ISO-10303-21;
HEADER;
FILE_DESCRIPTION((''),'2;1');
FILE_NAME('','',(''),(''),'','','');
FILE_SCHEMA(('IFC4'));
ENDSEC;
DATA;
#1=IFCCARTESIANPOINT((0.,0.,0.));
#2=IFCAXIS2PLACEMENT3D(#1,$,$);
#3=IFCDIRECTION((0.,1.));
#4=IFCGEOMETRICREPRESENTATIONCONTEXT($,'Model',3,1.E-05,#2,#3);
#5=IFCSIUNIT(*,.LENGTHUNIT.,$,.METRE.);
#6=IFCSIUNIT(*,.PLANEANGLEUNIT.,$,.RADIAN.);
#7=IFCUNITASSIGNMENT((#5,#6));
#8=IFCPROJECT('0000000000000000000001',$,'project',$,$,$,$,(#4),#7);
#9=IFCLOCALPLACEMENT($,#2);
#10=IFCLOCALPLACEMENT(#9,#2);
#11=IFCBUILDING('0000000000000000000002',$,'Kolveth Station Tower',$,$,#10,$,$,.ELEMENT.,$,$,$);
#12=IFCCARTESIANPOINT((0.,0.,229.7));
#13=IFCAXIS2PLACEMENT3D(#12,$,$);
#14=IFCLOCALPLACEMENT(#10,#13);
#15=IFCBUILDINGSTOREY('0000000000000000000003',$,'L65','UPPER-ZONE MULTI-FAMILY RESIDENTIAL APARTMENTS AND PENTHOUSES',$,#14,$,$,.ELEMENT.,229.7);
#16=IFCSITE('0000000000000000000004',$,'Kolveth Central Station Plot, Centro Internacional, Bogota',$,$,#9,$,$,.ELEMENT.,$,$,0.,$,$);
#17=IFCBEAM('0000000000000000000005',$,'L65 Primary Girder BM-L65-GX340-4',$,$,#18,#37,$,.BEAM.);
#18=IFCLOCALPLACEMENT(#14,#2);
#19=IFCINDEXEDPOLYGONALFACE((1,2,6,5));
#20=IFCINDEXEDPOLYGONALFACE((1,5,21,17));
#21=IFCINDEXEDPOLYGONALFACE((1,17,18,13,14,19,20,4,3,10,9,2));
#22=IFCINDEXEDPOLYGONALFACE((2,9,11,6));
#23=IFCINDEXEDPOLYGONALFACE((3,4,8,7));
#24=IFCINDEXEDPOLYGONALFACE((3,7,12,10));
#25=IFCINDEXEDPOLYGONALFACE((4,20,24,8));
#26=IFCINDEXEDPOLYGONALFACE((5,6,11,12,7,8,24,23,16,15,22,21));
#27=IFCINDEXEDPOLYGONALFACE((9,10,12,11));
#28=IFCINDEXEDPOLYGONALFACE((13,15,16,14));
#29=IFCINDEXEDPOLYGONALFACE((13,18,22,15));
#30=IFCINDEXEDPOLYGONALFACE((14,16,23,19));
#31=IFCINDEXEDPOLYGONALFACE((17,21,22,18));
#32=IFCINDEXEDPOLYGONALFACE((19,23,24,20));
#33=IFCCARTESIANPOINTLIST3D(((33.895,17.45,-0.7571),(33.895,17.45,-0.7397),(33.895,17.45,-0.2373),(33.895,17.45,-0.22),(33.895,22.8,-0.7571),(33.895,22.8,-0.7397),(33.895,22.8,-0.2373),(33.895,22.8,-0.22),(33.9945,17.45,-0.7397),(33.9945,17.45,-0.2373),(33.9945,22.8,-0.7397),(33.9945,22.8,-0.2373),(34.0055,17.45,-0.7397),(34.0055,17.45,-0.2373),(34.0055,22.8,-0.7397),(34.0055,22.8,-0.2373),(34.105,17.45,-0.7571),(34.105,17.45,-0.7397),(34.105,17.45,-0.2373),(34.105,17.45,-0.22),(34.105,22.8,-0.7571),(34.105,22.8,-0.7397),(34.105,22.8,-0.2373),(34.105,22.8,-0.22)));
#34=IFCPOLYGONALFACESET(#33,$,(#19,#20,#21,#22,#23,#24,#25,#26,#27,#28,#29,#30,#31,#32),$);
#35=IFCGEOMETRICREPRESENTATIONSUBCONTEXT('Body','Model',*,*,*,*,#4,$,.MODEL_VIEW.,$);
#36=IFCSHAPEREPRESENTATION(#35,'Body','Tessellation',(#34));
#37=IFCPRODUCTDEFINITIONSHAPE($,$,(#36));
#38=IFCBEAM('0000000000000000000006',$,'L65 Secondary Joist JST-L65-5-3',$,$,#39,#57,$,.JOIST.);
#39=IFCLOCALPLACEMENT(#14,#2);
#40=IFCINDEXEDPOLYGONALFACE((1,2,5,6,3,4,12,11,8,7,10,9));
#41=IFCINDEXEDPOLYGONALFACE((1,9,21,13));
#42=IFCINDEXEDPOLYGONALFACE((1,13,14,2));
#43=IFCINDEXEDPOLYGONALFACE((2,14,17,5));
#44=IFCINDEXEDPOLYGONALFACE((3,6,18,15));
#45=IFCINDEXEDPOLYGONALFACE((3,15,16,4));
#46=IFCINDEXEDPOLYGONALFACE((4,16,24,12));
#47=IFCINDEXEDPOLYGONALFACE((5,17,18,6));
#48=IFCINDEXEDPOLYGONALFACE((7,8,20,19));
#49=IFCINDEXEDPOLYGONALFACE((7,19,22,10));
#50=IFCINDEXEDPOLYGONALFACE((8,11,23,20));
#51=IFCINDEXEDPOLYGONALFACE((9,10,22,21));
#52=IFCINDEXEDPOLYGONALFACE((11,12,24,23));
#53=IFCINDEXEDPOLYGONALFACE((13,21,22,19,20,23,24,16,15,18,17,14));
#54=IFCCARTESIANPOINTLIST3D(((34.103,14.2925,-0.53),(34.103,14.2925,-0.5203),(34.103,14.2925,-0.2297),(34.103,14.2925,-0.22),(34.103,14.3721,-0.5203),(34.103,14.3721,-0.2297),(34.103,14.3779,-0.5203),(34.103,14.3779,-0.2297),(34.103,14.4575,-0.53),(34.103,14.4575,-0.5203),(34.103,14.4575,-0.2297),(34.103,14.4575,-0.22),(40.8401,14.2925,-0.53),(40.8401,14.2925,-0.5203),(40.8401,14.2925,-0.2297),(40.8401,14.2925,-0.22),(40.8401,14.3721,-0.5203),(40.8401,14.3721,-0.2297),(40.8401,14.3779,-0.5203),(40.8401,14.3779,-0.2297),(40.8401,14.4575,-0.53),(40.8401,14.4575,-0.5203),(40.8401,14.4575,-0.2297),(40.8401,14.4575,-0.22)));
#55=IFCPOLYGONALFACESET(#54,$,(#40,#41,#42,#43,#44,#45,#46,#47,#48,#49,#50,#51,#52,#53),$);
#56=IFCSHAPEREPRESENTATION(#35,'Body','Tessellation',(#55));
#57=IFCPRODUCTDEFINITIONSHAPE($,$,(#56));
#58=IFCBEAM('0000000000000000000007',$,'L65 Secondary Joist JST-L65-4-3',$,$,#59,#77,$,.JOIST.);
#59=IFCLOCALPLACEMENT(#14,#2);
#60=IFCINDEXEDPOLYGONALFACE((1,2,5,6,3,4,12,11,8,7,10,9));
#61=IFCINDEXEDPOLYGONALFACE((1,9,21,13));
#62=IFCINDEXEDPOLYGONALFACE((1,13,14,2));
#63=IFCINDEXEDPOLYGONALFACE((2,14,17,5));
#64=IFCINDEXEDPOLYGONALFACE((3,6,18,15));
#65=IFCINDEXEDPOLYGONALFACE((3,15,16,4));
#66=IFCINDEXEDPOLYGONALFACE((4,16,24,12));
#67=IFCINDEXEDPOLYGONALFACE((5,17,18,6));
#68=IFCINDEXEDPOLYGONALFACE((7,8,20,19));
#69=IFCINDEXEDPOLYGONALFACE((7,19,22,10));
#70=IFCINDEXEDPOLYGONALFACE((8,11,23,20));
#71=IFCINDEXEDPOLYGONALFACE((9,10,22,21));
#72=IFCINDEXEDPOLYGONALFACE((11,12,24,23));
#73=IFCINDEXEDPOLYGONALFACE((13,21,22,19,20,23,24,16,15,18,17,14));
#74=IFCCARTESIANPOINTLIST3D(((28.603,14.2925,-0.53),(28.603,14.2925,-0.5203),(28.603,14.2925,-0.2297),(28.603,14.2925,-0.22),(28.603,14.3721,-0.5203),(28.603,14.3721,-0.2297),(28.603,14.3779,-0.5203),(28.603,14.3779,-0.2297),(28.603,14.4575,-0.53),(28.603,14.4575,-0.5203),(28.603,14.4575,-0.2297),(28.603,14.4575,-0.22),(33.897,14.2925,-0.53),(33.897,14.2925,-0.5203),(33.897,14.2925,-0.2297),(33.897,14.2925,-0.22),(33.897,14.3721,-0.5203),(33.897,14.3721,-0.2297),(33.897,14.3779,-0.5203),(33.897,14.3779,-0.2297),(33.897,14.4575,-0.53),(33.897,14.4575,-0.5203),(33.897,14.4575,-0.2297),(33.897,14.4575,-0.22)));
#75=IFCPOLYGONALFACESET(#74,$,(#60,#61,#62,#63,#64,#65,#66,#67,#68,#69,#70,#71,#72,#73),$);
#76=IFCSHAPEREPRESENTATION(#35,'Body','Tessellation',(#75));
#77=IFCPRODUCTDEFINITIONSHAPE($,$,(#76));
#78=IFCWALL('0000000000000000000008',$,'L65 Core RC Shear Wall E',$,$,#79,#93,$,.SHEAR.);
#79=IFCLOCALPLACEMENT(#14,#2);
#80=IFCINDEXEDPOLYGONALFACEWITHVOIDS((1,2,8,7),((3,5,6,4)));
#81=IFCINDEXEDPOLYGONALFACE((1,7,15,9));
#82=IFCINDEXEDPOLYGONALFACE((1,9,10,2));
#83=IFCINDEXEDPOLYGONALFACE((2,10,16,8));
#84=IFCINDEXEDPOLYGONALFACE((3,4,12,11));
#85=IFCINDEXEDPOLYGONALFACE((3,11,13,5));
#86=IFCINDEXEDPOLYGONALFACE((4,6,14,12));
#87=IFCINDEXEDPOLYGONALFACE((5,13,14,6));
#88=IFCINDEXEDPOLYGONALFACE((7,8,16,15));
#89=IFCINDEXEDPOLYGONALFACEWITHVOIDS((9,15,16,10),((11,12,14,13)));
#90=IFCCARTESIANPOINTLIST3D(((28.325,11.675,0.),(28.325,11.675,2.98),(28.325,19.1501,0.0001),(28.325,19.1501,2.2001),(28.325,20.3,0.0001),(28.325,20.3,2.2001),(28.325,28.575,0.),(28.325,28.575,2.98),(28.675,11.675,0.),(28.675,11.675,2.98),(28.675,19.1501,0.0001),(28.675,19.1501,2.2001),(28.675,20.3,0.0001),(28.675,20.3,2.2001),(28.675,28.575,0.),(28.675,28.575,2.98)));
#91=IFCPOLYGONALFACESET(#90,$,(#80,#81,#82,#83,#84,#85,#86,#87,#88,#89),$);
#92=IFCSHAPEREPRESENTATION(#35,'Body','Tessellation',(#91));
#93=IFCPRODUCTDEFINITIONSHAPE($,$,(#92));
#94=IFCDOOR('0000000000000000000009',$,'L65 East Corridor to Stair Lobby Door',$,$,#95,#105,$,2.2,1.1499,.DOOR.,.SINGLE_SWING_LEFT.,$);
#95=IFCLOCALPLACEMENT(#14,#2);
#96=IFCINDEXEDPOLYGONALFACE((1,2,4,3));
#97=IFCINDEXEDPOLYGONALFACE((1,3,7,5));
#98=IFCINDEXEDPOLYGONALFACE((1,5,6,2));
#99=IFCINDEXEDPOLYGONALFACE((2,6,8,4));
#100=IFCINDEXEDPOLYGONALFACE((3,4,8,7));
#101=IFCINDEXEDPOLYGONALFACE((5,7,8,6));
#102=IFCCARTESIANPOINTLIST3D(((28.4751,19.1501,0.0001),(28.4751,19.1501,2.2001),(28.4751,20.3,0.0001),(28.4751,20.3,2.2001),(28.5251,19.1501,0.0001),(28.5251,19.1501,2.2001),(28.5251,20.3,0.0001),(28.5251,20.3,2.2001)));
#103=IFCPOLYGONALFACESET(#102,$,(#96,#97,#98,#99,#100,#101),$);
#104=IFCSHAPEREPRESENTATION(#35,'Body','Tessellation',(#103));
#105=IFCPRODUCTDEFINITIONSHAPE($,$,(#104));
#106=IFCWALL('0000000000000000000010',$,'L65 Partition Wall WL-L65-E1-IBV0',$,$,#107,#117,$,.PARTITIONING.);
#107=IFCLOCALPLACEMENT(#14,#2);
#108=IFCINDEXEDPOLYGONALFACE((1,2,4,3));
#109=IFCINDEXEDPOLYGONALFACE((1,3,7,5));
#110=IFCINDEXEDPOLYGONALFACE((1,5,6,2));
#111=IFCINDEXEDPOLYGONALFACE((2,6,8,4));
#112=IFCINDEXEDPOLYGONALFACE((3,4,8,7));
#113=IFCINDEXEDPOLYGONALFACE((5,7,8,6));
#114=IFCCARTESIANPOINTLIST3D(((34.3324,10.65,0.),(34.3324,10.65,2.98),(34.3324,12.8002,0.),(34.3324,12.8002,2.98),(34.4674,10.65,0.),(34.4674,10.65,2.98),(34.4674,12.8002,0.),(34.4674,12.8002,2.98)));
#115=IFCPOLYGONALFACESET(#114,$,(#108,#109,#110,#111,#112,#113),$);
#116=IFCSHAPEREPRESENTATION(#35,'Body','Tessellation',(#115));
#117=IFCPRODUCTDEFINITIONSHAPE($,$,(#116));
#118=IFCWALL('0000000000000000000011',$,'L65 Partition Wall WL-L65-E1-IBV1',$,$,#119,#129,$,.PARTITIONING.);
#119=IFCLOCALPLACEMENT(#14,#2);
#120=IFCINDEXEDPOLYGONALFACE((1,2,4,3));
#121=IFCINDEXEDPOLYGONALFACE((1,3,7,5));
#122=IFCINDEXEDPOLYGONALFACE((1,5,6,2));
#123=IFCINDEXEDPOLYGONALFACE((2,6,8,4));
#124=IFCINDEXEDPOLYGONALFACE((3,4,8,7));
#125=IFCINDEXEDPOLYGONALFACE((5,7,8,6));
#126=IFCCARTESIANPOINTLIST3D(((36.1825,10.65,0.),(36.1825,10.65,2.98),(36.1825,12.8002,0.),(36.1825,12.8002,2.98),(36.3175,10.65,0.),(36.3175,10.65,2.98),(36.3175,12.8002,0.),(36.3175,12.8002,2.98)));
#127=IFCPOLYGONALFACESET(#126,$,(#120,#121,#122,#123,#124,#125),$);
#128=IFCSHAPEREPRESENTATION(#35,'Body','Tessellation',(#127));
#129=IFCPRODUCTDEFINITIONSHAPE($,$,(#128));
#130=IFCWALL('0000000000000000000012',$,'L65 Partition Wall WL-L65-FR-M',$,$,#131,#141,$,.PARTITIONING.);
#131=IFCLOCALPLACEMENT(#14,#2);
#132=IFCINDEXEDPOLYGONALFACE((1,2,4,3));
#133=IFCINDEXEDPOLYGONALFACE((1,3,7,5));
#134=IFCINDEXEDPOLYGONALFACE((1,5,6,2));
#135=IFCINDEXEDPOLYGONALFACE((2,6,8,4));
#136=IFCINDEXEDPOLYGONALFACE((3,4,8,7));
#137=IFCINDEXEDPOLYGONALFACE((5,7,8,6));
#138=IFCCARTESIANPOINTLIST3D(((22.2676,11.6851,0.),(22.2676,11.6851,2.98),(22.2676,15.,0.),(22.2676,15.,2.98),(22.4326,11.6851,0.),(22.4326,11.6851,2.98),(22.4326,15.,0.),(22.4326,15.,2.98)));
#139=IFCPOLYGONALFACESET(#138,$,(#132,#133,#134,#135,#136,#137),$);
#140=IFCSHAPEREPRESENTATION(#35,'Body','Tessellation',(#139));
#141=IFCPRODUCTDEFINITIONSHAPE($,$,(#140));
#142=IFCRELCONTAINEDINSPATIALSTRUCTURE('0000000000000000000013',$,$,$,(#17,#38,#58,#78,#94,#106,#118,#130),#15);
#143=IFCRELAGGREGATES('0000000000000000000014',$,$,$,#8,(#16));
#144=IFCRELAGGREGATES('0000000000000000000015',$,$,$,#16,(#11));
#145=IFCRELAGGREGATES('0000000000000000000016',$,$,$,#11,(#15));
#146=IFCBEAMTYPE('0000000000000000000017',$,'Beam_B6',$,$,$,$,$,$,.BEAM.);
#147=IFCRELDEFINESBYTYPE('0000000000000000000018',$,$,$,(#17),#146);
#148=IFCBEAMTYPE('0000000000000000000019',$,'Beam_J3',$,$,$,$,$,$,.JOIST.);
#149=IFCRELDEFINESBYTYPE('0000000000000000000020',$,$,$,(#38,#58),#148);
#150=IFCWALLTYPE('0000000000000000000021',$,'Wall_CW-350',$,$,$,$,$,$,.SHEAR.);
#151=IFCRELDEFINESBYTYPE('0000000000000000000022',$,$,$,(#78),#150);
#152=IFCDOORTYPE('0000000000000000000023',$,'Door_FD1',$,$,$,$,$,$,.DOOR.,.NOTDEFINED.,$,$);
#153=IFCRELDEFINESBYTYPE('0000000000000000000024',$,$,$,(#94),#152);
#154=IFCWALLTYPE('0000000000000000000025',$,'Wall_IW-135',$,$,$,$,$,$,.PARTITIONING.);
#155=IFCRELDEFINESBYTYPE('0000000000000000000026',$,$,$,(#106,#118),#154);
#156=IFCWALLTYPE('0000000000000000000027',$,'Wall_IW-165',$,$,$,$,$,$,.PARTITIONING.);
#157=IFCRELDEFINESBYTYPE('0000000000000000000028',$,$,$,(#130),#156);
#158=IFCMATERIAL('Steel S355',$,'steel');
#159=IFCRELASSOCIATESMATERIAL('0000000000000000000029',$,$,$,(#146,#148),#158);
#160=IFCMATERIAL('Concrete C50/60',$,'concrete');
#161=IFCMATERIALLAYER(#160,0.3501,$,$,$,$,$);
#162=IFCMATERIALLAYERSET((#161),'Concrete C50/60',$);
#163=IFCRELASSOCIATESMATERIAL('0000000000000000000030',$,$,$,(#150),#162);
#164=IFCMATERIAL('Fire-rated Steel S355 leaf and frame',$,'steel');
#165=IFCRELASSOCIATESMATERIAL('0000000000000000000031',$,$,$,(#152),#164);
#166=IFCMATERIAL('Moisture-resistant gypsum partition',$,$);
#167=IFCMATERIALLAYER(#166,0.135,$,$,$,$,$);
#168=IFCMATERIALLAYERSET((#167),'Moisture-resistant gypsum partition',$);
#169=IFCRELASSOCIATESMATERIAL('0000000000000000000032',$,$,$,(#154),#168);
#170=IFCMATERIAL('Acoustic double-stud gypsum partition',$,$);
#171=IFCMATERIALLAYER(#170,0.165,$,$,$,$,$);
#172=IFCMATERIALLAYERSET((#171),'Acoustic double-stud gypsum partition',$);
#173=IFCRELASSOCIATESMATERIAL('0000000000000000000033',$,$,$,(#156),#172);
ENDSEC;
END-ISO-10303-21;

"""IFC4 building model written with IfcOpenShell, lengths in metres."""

from ifc_helpers import new_model, si_unit, direction, frame, frame_2d, origin, origin_2d, place, context, subcontext, project, spatial, rectangle, i_section, extrude, source, transform, mapped, material, layer, layer_set, material_profile, profile_set, type_object, element, fill, save


model = new_model("IFC4")

# Units and contexts
model_context = context("Model", 3, precision=1e-05, world=origin(), true_north=direction((0.0, 1.0)))
body_context = subcontext(model_context, "Body", "Model", "MODEL_VIEW")
ifc_project = project(units=[si_unit("LENGTHUNIT", "METRE"), si_unit("PLANEANGLEUNIT", "RADIAN")], contexts=[model_context])

# Site, building, storey
site_placement = place(None, origin())
site = spatial("IfcSite", under=ifc_project, at=site_placement, Name="Kolveth Central Station Plot, Centro Internacional, Bogota", CompositionType="ELEMENT", RefElevation=0.0)
building_placement = place(site_placement, origin())
building = spatial("IfcBuilding", under=site, at=building_placement, Name="Kolveth Station Tower", CompositionType="ELEMENT")
storey_placement = place(building_placement, frame((0.0, 0.0, 229.7)))
storey = spatial("IfcBuildingStorey", under=building, at=storey_placement, Name="L65", Description="UPPER-ZONE MULTI-FAMILY RESIDENTIAL APARTMENTS AND PENTHOUSES", CompositionType="ELEMENT", Elevation=229.7)

# Shared definitions
ifc_material_1 = material(Name="Steel S355", Category="steel")

# Beams
ifc_material_profile_1 = material_profile(ifc_material_1, i_section(OverallWidth=0.21, OverallDepth=0.5371, WebThickness=0.011, FlangeThickness=0.0173, at=origin_2d()), Name="W530x101")
ifc_profile_set_1 = profile_set([ifc_material_profile_1], Name="Steel S355")
beam_type_1 = type_object("IfcBeamType", Name="Beam_B6", PredefinedType="BEAM", material=ifc_profile_set_1)
shared_shape_1 = source(origin(), body_context, "Body", "SweptSolid", [
    extrude(i_section(OverallWidth=0.21, OverallDepth=0.5371, WebThickness=0.011, FlangeThickness=0.0173, at=origin_2d()), origin(), (0.0, 0.0, 1.0), 5.3501),
])
for number, where, z_axis, x_axis, name in (
    (1, (34.0, 17.45, -0.4885), (0.0, 1.0, 0.0), (-1.0, 0.0, 0.0), "L65 Primary Girder BM-L65-GX340-4"),
):
    element("IfcBeam", number, at=place(storey_placement, frame(where, z_axis=z_axis, x_axis=x_axis)), inside=storey, type_object=beam_type_1, Name=name, PredefinedType="BEAM", context=body_context, shape_type="MappedRepresentation", body=[
        mapped(shared_shape_1, transform((0.0, 0.0, 0.0), x_axis=(1.0, 0.0, 0.0), y_axis=(0.0, 1.0, 0.0), z_axis=(0.0, 0.0, 1.0), scale=1.0)),
    ])
ifc_material_profile_2 = material_profile(ifc_material_1, i_section(OverallWidth=0.165, OverallDepth=0.3101, WebThickness=0.0059, FlangeThickness=0.0098, at=origin_2d()), Name="W310x39")
ifc_profile_set_2 = profile_set([ifc_material_profile_2], Name="Steel S355")
beam_type_2 = type_object("IfcBeamType", Name="Beam_J3", PredefinedType="JOIST", material=ifc_profile_set_2)
shared_shape_2 = source(origin(), body_context, "Body", "SweptSolid", [
    extrude(i_section(OverallWidth=0.165, OverallDepth=0.3101, WebThickness=0.0059, FlangeThickness=0.0098, at=origin_2d()), origin(), (0.0, 0.0, 1.0), 6.7371),
])
beam_1_placement = place(storey_placement, frame((34.103, 14.375, -0.375), z_axis=(1.0, 0.0, 0.0), x_axis=(0.0, 1.0, 0.0)))
element("IfcBeam", 2, at=beam_1_placement, inside=storey, type_object=beam_type_2, Name="L65 Secondary Joist JST-L65-5-3", PredefinedType="JOIST", context=body_context, shape_type="MappedRepresentation", body=[
    mapped(shared_shape_2, transform((0.0, 0.0, 0.0), x_axis=(1.0, 0.0, 0.0), y_axis=(0.0, 1.0, 0.0), z_axis=(0.0, 0.0, 1.0), scale=1.0)),
])
shared_shape_3 = source(origin(), body_context, "Body", "SweptSolid", [
    extrude(i_section(OverallWidth=0.165, OverallDepth=0.3101, WebThickness=0.0059, FlangeThickness=0.0098, at=origin_2d()), origin(), (0.0, 0.0, 1.0), 5.2939),
])
beam_2_placement = place(storey_placement, frame((28.603, 14.375, -0.375), z_axis=(1.0, 0.0, 0.0), x_axis=(0.0, 1.0, 0.0)))
element("IfcBeam", 3, at=beam_2_placement, inside=storey, type_object=beam_type_2, Name="L65 Secondary Joist JST-L65-4-3", PredefinedType="JOIST", context=body_context, shape_type="MappedRepresentation", body=[
    mapped(shared_shape_3, transform((0.0, 0.0, 0.0), x_axis=(1.0, 0.0, 0.0), y_axis=(0.0, 1.0, 0.0), z_axis=(0.0, 0.0, 1.0), scale=1.0)),
])

# Wall, opening, door
ifc_material_2 = material(Name="Concrete C50/60", Category="concrete")
ifc_layer_1 = layer(ifc_material_2, 0.3501)
ifc_layer_set_1 = layer_set([ifc_layer_1], Name="Concrete C50/60")
wall_type_1 = type_object("IfcWallType", Name="Wall_CW-350", PredefinedType="SHEAR", material=ifc_layer_set_1)
wall_1_placement = place(storey_placement, frame((28.5, 11.675, 0.0), z_axis=(0.0, 0.0, 1.0), x_axis=(0.0, 1.0, 0.0)))
wall_1 = element("IfcWall", 4, at=wall_1_placement, inside=storey, type_object=wall_type_1, Name="L65 Core RC Shear Wall E", PredefinedType="SHEAR", context=body_context, shape_type="SweptSolid", body=[
    extrude(rectangle(XDim=16.8999, YDim=0.3501, at=frame_2d((8.45, 0.0))), origin(), (0.0, 0.0, 1.0), 2.98),
])
opening_1_placement = place(wall_1_placement, frame((7.4751, 0.0, 0.0)))
opening_1 = element("IfcOpeningElement", 5, at=opening_1_placement, cuts=wall_1, PredefinedType="OPENING", context=body_context, shape_type="SweptSolid", body=[
    extrude(rectangle(XDim=1.1499, YDim=2.2, at=frame_2d((0.575, 1.1001))), frame((0.0, 0.1851, 0.0), z_axis=(0.0, -1.0, 0.0), x_axis=(1.0, 0.0, 0.0)), (0.0, 0.0, 1.0), 0.3701),
])
ifc_material_3 = material(Name="Fire-rated Steel S355 leaf and frame", Category="steel")
door_type_1 = type_object("IfcDoorType", Name="Door_FD1", OperationType="NOTDEFINED", PredefinedType="DOOR", material=ifc_material_3)
door_1_placement = place(opening_1_placement, origin())
door_1 = element("IfcDoor", 6, at=door_1_placement, inside=storey, type_object=door_type_1, Name="L65 East Corridor to Stair Lobby Door", OperationType="SINGLE_SWING_LEFT", OverallHeight=2.2, OverallWidth=1.1499, PredefinedType="DOOR", context=body_context, shape_type="SweptSolid", body=[
    extrude(rectangle(XDim=1.1499, YDim=2.2, at=frame_2d((0.575, 1.1001))), frame((0.0, 0.0249, 0.0), z_axis=(0.0, -1.0, 0.0), x_axis=(1.0, 0.0, 0.0)), (0.0, 0.0, 1.0), 0.05),
])
fill(opening_1, door_1)
ifc_material_4 = material(Name="Moisture-resistant gypsum partition")
ifc_layer_2 = layer(ifc_material_4, 0.135)
ifc_layer_set_2 = layer_set([ifc_layer_2], Name="Moisture-resistant gypsum partition")
wall_type_2 = type_object("IfcWallType", Name="Wall_IW-135", PredefinedType="PARTITIONING", material=ifc_layer_set_2)

# Walls
for number, where, z_axis, x_axis, name in (
    (7, (34.3999, 10.6499, 0.0), (0.0, 0.0, 1.0), (0.0, 1.0, 0.0), "L65 Partition Wall WL-L65-E1-IBV0"),
    (8, (36.25, 10.6499, 0.0), (0.0, 0.0, 1.0), (0.0, 1.0, 0.0), "L65 Partition Wall WL-L65-E1-IBV1"),
):
    element("IfcWall", number, at=place(storey_placement, frame(where, z_axis=z_axis, x_axis=x_axis)), inside=storey, type_object=wall_type_2, Name=name, PredefinedType="PARTITIONING", context=body_context, shape_type="SweptSolid", body=[
        extrude(rectangle(XDim=2.1501, YDim=0.135, at=frame_2d((1.0752, 0.0))), origin(), (0.0, 0.0, 1.0), 2.98),
    ])
ifc_material_5 = material(Name="Acoustic double-stud gypsum partition")
ifc_layer_3 = layer(ifc_material_5, 0.165)
ifc_layer_set_3 = layer_set([ifc_layer_3], Name="Acoustic double-stud gypsum partition")
wall_type_3 = type_object("IfcWallType", Name="Wall_IW-165", PredefinedType="PARTITIONING", material=ifc_layer_set_3)
wall_2_placement = place(storey_placement, frame((22.3501, 11.6851, 0.0), z_axis=(0.0, 0.0, 1.0), x_axis=(0.0, 1.0, 0.0)))
element("IfcWall", 9, at=wall_2_placement, inside=storey, type_object=wall_type_3, Name="L65 Partition Wall WL-L65-FR-M", PredefinedType="PARTITIONING", context=body_context, shape_type="SweptSolid", body=[
    extrude(rectangle(XDim=3.3149, YDim=0.165, at=frame_2d((1.6575, 0.0))), origin(), (0.0, 0.0, 1.0), 2.98),
])

save(model, "model.ifc")
